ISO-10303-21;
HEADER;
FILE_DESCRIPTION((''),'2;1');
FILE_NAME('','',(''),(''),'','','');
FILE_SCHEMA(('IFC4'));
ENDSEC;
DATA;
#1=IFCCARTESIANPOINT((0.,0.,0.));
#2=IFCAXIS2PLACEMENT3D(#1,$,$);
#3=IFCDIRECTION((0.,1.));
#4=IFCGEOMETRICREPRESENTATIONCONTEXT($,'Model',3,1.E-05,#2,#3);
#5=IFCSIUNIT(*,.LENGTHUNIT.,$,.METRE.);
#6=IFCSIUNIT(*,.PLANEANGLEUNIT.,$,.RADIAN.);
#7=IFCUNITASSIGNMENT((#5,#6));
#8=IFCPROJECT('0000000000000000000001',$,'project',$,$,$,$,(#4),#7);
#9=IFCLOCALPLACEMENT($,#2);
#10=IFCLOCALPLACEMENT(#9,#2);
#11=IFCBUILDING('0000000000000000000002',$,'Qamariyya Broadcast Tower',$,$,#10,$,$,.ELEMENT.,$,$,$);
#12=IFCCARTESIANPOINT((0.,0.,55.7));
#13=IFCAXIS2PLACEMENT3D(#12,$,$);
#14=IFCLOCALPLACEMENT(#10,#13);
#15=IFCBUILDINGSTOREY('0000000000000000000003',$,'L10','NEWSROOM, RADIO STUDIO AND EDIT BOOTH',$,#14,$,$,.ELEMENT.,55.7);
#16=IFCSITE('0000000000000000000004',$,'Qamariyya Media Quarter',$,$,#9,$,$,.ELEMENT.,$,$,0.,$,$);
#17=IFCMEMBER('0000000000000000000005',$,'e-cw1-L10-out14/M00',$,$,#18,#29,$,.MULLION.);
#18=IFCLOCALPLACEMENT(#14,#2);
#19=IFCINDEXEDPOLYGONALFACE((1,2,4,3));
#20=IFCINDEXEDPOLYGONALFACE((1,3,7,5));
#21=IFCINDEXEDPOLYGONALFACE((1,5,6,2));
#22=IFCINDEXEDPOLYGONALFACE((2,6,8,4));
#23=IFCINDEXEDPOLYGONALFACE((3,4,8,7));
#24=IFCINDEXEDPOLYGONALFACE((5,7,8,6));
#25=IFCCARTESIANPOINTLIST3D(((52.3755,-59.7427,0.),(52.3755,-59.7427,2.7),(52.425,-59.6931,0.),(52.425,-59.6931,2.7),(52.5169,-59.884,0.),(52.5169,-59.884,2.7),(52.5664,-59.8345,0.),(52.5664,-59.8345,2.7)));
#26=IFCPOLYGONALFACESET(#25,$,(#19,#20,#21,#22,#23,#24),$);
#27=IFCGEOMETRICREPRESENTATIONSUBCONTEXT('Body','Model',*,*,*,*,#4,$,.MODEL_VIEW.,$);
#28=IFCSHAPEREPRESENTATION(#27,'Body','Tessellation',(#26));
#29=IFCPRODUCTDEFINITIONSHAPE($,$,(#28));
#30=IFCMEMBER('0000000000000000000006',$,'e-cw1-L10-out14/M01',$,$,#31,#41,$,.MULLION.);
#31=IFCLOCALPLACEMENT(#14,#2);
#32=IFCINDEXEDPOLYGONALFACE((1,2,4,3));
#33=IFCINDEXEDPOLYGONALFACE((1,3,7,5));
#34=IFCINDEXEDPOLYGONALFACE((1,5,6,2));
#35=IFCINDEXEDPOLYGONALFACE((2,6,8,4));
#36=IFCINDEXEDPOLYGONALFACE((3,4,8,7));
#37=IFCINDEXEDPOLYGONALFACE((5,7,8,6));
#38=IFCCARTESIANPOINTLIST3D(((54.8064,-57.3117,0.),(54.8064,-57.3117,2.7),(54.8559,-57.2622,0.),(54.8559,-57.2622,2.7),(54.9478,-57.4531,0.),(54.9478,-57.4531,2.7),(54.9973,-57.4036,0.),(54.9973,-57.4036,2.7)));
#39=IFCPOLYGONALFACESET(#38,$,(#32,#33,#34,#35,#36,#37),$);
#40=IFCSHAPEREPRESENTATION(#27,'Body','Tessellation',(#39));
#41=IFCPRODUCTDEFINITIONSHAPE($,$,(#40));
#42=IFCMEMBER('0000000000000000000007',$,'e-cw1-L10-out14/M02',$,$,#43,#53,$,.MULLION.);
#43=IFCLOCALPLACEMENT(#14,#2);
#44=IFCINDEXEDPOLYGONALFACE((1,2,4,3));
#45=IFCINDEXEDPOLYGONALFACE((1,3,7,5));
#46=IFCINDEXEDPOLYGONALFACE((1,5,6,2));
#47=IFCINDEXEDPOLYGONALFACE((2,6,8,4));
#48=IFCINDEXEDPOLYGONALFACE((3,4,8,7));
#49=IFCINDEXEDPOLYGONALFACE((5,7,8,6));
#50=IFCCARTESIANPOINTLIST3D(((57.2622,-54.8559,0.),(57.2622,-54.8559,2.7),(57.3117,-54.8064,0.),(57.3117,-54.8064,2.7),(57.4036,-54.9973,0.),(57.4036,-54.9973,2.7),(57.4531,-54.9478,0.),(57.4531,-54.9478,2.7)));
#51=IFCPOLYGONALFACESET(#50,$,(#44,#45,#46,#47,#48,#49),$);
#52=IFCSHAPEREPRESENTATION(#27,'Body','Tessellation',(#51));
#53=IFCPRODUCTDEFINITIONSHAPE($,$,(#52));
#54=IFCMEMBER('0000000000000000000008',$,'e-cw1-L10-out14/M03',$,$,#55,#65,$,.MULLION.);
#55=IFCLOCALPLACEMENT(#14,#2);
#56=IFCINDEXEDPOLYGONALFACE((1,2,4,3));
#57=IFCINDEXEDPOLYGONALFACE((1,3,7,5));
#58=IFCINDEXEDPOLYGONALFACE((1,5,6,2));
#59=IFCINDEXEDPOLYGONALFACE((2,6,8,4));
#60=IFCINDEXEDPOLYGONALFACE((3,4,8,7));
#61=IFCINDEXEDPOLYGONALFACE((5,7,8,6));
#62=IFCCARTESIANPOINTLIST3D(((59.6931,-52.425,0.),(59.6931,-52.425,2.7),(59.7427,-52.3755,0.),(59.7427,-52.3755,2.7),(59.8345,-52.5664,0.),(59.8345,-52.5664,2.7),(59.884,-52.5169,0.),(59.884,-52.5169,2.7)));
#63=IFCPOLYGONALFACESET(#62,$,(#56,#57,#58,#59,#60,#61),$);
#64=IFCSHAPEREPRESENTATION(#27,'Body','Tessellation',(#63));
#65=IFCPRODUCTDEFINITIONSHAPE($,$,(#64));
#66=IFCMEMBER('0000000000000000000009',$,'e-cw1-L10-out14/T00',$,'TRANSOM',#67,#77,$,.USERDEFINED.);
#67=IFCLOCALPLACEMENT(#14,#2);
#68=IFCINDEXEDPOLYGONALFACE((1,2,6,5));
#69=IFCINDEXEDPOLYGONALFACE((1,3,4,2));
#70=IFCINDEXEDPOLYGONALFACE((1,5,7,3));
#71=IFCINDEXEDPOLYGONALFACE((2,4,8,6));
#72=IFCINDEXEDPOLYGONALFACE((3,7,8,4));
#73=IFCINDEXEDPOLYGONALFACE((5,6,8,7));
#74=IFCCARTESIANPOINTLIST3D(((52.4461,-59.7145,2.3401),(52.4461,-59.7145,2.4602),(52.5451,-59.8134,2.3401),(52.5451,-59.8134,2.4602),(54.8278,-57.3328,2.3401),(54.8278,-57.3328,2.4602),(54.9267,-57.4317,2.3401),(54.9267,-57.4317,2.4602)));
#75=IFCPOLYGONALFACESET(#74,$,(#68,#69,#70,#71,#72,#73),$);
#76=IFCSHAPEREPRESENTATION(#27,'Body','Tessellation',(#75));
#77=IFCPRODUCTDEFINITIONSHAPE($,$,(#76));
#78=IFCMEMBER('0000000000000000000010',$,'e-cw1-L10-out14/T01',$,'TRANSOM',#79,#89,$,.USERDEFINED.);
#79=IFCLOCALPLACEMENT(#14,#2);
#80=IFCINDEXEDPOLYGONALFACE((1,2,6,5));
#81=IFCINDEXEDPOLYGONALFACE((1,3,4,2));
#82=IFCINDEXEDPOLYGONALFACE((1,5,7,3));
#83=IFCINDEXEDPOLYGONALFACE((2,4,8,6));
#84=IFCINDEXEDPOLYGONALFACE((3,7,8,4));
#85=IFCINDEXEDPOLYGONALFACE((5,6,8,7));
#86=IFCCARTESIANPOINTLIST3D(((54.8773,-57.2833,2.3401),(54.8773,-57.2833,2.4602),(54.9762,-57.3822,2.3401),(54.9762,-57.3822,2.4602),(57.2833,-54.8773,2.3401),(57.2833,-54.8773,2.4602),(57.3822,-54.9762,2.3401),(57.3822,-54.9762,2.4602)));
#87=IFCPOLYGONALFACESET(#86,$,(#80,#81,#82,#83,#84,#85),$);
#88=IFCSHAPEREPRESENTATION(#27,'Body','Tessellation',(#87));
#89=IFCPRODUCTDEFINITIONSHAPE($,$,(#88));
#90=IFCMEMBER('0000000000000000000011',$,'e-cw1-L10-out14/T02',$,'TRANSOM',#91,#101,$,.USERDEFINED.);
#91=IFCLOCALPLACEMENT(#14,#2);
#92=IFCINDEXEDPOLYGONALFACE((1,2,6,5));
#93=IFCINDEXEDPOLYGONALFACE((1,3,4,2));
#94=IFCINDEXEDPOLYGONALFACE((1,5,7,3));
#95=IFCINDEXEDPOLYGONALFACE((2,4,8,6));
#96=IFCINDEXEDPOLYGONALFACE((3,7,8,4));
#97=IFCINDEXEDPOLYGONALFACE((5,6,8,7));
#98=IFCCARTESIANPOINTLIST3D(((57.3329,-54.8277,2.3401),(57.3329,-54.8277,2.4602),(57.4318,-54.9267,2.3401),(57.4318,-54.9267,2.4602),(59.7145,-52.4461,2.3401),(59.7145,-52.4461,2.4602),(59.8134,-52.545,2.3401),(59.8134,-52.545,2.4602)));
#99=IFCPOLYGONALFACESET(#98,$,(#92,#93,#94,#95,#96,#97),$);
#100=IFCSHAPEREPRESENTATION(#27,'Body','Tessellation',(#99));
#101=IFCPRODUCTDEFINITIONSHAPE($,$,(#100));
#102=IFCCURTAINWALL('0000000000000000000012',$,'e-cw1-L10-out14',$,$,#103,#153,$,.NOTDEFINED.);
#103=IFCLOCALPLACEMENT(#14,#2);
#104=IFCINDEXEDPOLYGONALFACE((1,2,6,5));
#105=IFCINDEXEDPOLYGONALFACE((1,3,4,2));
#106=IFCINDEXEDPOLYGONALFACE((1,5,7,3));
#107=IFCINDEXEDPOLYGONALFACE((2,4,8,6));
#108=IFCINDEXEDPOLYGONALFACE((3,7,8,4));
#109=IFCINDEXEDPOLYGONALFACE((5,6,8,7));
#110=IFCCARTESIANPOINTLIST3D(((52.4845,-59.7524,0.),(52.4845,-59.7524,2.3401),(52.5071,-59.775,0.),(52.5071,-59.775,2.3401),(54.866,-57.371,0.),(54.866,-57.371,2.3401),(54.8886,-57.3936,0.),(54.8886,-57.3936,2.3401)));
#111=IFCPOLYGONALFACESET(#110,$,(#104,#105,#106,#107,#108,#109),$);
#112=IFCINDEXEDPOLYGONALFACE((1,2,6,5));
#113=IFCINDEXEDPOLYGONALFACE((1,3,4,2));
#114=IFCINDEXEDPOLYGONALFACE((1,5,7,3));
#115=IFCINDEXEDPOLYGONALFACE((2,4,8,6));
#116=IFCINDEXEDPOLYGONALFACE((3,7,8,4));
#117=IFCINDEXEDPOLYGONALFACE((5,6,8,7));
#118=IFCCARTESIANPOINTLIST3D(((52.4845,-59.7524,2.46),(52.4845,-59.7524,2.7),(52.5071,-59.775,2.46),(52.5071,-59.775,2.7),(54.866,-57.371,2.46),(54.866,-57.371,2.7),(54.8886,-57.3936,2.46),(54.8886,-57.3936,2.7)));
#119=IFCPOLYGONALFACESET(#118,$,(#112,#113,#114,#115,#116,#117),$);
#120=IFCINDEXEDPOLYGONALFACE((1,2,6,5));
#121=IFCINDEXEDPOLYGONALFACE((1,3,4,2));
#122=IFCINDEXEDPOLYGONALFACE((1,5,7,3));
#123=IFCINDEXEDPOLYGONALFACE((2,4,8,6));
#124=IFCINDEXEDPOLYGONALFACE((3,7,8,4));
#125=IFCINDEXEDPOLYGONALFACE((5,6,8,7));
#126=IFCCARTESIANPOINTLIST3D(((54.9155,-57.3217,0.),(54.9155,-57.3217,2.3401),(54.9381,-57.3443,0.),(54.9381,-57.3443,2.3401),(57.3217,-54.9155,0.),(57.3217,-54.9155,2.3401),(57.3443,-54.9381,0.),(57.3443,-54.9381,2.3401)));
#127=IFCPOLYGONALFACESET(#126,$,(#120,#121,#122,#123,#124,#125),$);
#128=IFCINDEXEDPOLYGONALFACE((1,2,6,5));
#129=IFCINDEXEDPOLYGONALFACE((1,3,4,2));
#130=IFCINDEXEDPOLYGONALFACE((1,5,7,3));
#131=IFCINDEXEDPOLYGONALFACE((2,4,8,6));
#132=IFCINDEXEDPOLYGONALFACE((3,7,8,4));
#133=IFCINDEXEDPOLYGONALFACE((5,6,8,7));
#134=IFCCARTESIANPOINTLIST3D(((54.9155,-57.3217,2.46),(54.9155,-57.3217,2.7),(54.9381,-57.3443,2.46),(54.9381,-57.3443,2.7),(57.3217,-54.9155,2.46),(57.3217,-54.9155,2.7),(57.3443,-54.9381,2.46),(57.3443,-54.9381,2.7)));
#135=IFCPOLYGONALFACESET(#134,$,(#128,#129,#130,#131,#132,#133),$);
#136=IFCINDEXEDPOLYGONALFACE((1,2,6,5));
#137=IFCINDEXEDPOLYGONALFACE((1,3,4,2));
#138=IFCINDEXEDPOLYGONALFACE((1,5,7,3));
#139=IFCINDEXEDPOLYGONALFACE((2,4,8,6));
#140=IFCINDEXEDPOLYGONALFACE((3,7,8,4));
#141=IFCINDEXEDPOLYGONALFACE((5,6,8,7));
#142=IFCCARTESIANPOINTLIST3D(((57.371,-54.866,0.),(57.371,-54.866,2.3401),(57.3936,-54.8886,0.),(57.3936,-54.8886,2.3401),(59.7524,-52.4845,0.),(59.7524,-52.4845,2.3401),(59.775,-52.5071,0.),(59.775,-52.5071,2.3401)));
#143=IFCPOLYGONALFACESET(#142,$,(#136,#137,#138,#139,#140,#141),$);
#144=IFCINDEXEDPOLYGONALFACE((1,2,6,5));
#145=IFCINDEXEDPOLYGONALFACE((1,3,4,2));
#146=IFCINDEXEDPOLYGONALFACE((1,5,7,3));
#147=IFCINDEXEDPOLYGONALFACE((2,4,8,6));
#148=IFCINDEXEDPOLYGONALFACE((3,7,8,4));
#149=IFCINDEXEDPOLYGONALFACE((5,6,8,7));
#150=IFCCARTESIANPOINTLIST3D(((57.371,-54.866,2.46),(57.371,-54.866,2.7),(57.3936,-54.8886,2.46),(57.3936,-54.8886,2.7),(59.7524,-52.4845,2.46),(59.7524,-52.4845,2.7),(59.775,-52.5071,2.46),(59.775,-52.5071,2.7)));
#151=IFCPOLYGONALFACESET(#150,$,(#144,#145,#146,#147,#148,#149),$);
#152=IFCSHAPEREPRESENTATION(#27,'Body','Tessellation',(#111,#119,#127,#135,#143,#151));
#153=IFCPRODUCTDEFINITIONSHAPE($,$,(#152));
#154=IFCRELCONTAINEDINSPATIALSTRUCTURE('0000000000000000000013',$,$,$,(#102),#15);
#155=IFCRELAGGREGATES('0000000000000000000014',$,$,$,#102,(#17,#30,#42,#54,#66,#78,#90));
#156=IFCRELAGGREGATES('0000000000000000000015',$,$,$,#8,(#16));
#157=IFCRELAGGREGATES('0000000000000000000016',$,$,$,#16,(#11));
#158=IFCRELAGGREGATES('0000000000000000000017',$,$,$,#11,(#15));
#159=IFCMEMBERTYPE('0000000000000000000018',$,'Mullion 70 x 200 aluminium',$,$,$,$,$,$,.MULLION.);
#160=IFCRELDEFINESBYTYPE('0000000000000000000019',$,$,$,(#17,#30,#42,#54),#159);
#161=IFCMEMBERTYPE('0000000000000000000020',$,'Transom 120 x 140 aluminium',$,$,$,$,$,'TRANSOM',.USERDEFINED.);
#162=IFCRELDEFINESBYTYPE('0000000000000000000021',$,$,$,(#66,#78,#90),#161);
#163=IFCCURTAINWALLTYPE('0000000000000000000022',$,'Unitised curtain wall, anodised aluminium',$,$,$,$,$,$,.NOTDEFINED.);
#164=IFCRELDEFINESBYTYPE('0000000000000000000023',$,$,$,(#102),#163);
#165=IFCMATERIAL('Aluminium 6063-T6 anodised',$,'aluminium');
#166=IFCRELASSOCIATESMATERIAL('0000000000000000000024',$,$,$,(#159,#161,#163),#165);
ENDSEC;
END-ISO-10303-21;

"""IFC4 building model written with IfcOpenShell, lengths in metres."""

from ifc_helpers import new_model, si_unit, direction, frame, origin, origin_2d, place, context, subcontext, project, spatial, rectangle, extrude, material, material_profile, profile_set, type_object, element, aggregate, save


model = new_model("IFC4")

# Units and contexts
model_context = context("Model", 3, precision=1e-05, world=origin(), true_north=direction((0.0, 1.0)))
body_context = subcontext(model_context, "Body", "Model", "MODEL_VIEW")
ifc_project = project(units=[si_unit("LENGTHUNIT", "METRE"), si_unit("PLANEANGLEUNIT", "RADIAN")], contexts=[model_context])

# Members
ifc_material = material(Name="Aluminium 6063-T6 anodised", Category="aluminium")
ifc_material_profile_1 = material_profile(ifc_material, rectangle(XDim=0.2, YDim=0.0701, at=origin_2d()))
ifc_profile_set_1 = profile_set([ifc_material_profile_1], Name="Aluminium 6063-T6 anodised")
member_type_1 = type_object("IfcMemberType", Name="Mullion 70 x 200 aluminium", PredefinedType="MULLION", material=ifc_profile_set_1)
site_placement = place(None, origin())
building_placement = place(site_placement, origin())
storey_placement = place(building_placement, frame((0.0, 0.0, 55.7)))
member_1_placement = place(storey_placement, frame((52.4709, -59.7886, 0.0), z_axis=(0.0, 0.0, 1.0), x_axis=(-0.707107, 0.707107, 0.0)))
member_1 = element("IfcMember", 1, at=member_1_placement, type_object=member_type_1, Name="e-cw1-L10-out14/M00", PredefinedType="MULLION", context=body_context, shape_type="SweptSolid", body=[
    extrude(rectangle(XDim=0.2, YDim=0.0701, at=origin_2d()), origin(), (0.0, 0.0, 1.0), 2.7),
])
member_2_placement = place(storey_placement, frame((54.9019, -57.3577, 0.0), z_axis=(0.0, 0.0, 1.0), x_axis=(-0.707107, 0.707107, 0.0)))
member_2 = element("IfcMember", 2, at=member_2_placement, type_object=member_type_1, Name="e-cw1-L10-out14/M01", PredefinedType="MULLION", context=body_context, shape_type="SweptSolid", body=[
    extrude(rectangle(XDim=0.2, YDim=0.0701, at=origin_2d()), origin(), (0.0, 0.0, 1.0), 2.7),
])
member_3_placement = place(storey_placement, frame((57.3577, -54.9019, 0.0), z_axis=(0.0, 0.0, 1.0), x_axis=(-0.707107, 0.707107, 0.0)))
member_3 = element("IfcMember", 3, at=member_3_placement, type_object=member_type_1, Name="e-cw1-L10-out14/M02", PredefinedType="MULLION", context=body_context, shape_type="SweptSolid", body=[
    extrude(rectangle(XDim=0.2, YDim=0.0701, at=origin_2d()), origin(), (0.0, 0.0, 1.0), 2.7),
])
member_4_placement = place(storey_placement, frame((59.7886, -52.4709, 0.0), z_axis=(0.0, 0.0, 1.0), x_axis=(-0.707107, 0.707107, 0.0)))
member_4 = element("IfcMember", 4, at=member_4_placement, type_object=member_type_1, Name="e-cw1-L10-out14/M03", PredefinedType="MULLION", context=body_context, shape_type="SweptSolid", body=[
    extrude(rectangle(XDim=0.2, YDim=0.0701, at=origin_2d()), origin(), (0.0, 0.0, 1.0), 2.7),
])
ifc_material_profile_2 = material_profile(ifc_material, rectangle(XDim=0.1399, YDim=0.1201, at=origin_2d()))
ifc_profile_set_2 = profile_set([ifc_material_profile_2], Name="Aluminium 6063-T6 anodised")
member_type_2 = type_object("IfcMemberType", Name="Transom 120 x 140 aluminium", ElementType="TRANSOM", PredefinedType="USERDEFINED", material=ifc_profile_set_2)
member_5_placement = place(storey_placement, frame((52.4956, -59.7639, 2.4001), z_axis=(0.707107, 0.707107, 0.0), x_axis=(-0.707107, 0.707107, 0.0)))
member_5 = element("IfcMember", 5, at=member_5_placement, type_object=member_type_2, Name="e-cw1-L10-out14/T00", ObjectType="TRANSOM", PredefinedType="USERDEFINED", context=body_context, shape_type="SweptSolid", body=[
    extrude(rectangle(XDim=0.1399, YDim=0.1201, at=origin_2d()), origin(), (0.0, 0.0, 1.0), 3.3682),
])
member_6_placement = place(storey_placement, frame((54.9268, -57.3328, 2.4001), z_axis=(0.707107, 0.707107, 0.0), x_axis=(-0.707107, 0.707107, 0.0)))
member_6 = element("IfcMember", 6, at=member_6_placement, type_object=member_type_2, Name="e-cw1-L10-out14/T01", ObjectType="TRANSOM", PredefinedType="USERDEFINED", context=body_context, shape_type="SweptSolid", body=[
    extrude(rectangle(XDim=0.1399, YDim=0.1201, at=origin_2d()), origin(), (0.0, 0.0, 1.0), 3.4026),
])
member_7_placement = place(storey_placement, frame((57.3823, -54.8772, 2.4001), z_axis=(0.707107, 0.707107, 0.0), x_axis=(-0.707107, 0.707107, 0.0)))
member_7 = element("IfcMember", 7, at=member_7_placement, type_object=member_type_2, Name="e-cw1-L10-out14/T02", ObjectType="TRANSOM", PredefinedType="USERDEFINED", context=body_context, shape_type="SweptSolid", body=[
    extrude(rectangle(XDim=0.1399, YDim=0.1201, at=origin_2d()), origin(), (0.0, 0.0, 1.0), 3.3682),
])

# Site, building, storey
site = spatial("IfcSite", under=ifc_project, at=site_placement, Name="Qamariyya Media Quarter", CompositionType="ELEMENT", RefElevation=0.0)
building = spatial("IfcBuilding", under=site, at=building_placement, Name="Qamariyya Broadcast Tower", CompositionType="ELEMENT")
storey = spatial("IfcBuildingStorey", under=building, at=storey_placement, Name="L10", Description="NEWSROOM, RADIO STUDIO AND EDIT BOOTH", CompositionType="ELEMENT", Elevation=55.7)

# Curtain wall
curtain_wall_type = type_object("IfcCurtainWallType", Name="Unitised curtain wall, anodised aluminium", PredefinedType="NOTDEFINED", material=ifc_material)
curtain_wall_1_placement = place(storey_placement, origin())
curtain_wall_1 = element("IfcCurtainWall", 8, at=curtain_wall_1_placement, inside=storey, type_object=curtain_wall_type, Name="e-cw1-L10-out14", PredefinedType="NOTDEFINED", context=body_context, shape_type="SweptSolid", body=[
    extrude(rectangle(XDim=3.3679, YDim=0.032, at=origin_2d()), frame((53.6865, -58.573, 0.0), x_axis=(0.707107, 0.707107, 0.0)), (0.0, 0.0, 1.0), 2.3401),
    extrude(rectangle(XDim=3.3679, YDim=0.032, at=origin_2d()), frame((53.6865, -58.573, 2.46), x_axis=(0.707107, 0.707107, 0.0)), (0.0, 0.0, 1.0), 0.24),
    extrude(rectangle(XDim=3.4028, YDim=0.032, at=origin_2d()), frame((56.1299, -56.1299, 0.0), x_axis=(0.707107, 0.707107, 0.0)), (0.0, 0.0, 1.0), 2.3401),
    extrude(rectangle(XDim=3.4028, YDim=0.032, at=origin_2d()), frame((56.1299, -56.1299, 2.46), x_axis=(0.707107, 0.707107, 0.0)), (0.0, 0.0, 1.0), 0.24),
    extrude(rectangle(XDim=3.3679, YDim=0.032, at=origin_2d()), frame((58.573, -53.6865, 0.0), x_axis=(0.707107, 0.707107, 0.0)), (0.0, 0.0, 1.0), 2.3401),
    extrude(rectangle(XDim=3.3679, YDim=0.032, at=origin_2d()), frame((58.573, -53.6865, 2.46), x_axis=(0.707107, 0.707107, 0.0)), (0.0, 0.0, 1.0), 0.24),
])
aggregate(curtain_wall_1, [member_1, member_2, member_3, member_4, member_5, member_6, member_7])

save(model, "model.ifc")
